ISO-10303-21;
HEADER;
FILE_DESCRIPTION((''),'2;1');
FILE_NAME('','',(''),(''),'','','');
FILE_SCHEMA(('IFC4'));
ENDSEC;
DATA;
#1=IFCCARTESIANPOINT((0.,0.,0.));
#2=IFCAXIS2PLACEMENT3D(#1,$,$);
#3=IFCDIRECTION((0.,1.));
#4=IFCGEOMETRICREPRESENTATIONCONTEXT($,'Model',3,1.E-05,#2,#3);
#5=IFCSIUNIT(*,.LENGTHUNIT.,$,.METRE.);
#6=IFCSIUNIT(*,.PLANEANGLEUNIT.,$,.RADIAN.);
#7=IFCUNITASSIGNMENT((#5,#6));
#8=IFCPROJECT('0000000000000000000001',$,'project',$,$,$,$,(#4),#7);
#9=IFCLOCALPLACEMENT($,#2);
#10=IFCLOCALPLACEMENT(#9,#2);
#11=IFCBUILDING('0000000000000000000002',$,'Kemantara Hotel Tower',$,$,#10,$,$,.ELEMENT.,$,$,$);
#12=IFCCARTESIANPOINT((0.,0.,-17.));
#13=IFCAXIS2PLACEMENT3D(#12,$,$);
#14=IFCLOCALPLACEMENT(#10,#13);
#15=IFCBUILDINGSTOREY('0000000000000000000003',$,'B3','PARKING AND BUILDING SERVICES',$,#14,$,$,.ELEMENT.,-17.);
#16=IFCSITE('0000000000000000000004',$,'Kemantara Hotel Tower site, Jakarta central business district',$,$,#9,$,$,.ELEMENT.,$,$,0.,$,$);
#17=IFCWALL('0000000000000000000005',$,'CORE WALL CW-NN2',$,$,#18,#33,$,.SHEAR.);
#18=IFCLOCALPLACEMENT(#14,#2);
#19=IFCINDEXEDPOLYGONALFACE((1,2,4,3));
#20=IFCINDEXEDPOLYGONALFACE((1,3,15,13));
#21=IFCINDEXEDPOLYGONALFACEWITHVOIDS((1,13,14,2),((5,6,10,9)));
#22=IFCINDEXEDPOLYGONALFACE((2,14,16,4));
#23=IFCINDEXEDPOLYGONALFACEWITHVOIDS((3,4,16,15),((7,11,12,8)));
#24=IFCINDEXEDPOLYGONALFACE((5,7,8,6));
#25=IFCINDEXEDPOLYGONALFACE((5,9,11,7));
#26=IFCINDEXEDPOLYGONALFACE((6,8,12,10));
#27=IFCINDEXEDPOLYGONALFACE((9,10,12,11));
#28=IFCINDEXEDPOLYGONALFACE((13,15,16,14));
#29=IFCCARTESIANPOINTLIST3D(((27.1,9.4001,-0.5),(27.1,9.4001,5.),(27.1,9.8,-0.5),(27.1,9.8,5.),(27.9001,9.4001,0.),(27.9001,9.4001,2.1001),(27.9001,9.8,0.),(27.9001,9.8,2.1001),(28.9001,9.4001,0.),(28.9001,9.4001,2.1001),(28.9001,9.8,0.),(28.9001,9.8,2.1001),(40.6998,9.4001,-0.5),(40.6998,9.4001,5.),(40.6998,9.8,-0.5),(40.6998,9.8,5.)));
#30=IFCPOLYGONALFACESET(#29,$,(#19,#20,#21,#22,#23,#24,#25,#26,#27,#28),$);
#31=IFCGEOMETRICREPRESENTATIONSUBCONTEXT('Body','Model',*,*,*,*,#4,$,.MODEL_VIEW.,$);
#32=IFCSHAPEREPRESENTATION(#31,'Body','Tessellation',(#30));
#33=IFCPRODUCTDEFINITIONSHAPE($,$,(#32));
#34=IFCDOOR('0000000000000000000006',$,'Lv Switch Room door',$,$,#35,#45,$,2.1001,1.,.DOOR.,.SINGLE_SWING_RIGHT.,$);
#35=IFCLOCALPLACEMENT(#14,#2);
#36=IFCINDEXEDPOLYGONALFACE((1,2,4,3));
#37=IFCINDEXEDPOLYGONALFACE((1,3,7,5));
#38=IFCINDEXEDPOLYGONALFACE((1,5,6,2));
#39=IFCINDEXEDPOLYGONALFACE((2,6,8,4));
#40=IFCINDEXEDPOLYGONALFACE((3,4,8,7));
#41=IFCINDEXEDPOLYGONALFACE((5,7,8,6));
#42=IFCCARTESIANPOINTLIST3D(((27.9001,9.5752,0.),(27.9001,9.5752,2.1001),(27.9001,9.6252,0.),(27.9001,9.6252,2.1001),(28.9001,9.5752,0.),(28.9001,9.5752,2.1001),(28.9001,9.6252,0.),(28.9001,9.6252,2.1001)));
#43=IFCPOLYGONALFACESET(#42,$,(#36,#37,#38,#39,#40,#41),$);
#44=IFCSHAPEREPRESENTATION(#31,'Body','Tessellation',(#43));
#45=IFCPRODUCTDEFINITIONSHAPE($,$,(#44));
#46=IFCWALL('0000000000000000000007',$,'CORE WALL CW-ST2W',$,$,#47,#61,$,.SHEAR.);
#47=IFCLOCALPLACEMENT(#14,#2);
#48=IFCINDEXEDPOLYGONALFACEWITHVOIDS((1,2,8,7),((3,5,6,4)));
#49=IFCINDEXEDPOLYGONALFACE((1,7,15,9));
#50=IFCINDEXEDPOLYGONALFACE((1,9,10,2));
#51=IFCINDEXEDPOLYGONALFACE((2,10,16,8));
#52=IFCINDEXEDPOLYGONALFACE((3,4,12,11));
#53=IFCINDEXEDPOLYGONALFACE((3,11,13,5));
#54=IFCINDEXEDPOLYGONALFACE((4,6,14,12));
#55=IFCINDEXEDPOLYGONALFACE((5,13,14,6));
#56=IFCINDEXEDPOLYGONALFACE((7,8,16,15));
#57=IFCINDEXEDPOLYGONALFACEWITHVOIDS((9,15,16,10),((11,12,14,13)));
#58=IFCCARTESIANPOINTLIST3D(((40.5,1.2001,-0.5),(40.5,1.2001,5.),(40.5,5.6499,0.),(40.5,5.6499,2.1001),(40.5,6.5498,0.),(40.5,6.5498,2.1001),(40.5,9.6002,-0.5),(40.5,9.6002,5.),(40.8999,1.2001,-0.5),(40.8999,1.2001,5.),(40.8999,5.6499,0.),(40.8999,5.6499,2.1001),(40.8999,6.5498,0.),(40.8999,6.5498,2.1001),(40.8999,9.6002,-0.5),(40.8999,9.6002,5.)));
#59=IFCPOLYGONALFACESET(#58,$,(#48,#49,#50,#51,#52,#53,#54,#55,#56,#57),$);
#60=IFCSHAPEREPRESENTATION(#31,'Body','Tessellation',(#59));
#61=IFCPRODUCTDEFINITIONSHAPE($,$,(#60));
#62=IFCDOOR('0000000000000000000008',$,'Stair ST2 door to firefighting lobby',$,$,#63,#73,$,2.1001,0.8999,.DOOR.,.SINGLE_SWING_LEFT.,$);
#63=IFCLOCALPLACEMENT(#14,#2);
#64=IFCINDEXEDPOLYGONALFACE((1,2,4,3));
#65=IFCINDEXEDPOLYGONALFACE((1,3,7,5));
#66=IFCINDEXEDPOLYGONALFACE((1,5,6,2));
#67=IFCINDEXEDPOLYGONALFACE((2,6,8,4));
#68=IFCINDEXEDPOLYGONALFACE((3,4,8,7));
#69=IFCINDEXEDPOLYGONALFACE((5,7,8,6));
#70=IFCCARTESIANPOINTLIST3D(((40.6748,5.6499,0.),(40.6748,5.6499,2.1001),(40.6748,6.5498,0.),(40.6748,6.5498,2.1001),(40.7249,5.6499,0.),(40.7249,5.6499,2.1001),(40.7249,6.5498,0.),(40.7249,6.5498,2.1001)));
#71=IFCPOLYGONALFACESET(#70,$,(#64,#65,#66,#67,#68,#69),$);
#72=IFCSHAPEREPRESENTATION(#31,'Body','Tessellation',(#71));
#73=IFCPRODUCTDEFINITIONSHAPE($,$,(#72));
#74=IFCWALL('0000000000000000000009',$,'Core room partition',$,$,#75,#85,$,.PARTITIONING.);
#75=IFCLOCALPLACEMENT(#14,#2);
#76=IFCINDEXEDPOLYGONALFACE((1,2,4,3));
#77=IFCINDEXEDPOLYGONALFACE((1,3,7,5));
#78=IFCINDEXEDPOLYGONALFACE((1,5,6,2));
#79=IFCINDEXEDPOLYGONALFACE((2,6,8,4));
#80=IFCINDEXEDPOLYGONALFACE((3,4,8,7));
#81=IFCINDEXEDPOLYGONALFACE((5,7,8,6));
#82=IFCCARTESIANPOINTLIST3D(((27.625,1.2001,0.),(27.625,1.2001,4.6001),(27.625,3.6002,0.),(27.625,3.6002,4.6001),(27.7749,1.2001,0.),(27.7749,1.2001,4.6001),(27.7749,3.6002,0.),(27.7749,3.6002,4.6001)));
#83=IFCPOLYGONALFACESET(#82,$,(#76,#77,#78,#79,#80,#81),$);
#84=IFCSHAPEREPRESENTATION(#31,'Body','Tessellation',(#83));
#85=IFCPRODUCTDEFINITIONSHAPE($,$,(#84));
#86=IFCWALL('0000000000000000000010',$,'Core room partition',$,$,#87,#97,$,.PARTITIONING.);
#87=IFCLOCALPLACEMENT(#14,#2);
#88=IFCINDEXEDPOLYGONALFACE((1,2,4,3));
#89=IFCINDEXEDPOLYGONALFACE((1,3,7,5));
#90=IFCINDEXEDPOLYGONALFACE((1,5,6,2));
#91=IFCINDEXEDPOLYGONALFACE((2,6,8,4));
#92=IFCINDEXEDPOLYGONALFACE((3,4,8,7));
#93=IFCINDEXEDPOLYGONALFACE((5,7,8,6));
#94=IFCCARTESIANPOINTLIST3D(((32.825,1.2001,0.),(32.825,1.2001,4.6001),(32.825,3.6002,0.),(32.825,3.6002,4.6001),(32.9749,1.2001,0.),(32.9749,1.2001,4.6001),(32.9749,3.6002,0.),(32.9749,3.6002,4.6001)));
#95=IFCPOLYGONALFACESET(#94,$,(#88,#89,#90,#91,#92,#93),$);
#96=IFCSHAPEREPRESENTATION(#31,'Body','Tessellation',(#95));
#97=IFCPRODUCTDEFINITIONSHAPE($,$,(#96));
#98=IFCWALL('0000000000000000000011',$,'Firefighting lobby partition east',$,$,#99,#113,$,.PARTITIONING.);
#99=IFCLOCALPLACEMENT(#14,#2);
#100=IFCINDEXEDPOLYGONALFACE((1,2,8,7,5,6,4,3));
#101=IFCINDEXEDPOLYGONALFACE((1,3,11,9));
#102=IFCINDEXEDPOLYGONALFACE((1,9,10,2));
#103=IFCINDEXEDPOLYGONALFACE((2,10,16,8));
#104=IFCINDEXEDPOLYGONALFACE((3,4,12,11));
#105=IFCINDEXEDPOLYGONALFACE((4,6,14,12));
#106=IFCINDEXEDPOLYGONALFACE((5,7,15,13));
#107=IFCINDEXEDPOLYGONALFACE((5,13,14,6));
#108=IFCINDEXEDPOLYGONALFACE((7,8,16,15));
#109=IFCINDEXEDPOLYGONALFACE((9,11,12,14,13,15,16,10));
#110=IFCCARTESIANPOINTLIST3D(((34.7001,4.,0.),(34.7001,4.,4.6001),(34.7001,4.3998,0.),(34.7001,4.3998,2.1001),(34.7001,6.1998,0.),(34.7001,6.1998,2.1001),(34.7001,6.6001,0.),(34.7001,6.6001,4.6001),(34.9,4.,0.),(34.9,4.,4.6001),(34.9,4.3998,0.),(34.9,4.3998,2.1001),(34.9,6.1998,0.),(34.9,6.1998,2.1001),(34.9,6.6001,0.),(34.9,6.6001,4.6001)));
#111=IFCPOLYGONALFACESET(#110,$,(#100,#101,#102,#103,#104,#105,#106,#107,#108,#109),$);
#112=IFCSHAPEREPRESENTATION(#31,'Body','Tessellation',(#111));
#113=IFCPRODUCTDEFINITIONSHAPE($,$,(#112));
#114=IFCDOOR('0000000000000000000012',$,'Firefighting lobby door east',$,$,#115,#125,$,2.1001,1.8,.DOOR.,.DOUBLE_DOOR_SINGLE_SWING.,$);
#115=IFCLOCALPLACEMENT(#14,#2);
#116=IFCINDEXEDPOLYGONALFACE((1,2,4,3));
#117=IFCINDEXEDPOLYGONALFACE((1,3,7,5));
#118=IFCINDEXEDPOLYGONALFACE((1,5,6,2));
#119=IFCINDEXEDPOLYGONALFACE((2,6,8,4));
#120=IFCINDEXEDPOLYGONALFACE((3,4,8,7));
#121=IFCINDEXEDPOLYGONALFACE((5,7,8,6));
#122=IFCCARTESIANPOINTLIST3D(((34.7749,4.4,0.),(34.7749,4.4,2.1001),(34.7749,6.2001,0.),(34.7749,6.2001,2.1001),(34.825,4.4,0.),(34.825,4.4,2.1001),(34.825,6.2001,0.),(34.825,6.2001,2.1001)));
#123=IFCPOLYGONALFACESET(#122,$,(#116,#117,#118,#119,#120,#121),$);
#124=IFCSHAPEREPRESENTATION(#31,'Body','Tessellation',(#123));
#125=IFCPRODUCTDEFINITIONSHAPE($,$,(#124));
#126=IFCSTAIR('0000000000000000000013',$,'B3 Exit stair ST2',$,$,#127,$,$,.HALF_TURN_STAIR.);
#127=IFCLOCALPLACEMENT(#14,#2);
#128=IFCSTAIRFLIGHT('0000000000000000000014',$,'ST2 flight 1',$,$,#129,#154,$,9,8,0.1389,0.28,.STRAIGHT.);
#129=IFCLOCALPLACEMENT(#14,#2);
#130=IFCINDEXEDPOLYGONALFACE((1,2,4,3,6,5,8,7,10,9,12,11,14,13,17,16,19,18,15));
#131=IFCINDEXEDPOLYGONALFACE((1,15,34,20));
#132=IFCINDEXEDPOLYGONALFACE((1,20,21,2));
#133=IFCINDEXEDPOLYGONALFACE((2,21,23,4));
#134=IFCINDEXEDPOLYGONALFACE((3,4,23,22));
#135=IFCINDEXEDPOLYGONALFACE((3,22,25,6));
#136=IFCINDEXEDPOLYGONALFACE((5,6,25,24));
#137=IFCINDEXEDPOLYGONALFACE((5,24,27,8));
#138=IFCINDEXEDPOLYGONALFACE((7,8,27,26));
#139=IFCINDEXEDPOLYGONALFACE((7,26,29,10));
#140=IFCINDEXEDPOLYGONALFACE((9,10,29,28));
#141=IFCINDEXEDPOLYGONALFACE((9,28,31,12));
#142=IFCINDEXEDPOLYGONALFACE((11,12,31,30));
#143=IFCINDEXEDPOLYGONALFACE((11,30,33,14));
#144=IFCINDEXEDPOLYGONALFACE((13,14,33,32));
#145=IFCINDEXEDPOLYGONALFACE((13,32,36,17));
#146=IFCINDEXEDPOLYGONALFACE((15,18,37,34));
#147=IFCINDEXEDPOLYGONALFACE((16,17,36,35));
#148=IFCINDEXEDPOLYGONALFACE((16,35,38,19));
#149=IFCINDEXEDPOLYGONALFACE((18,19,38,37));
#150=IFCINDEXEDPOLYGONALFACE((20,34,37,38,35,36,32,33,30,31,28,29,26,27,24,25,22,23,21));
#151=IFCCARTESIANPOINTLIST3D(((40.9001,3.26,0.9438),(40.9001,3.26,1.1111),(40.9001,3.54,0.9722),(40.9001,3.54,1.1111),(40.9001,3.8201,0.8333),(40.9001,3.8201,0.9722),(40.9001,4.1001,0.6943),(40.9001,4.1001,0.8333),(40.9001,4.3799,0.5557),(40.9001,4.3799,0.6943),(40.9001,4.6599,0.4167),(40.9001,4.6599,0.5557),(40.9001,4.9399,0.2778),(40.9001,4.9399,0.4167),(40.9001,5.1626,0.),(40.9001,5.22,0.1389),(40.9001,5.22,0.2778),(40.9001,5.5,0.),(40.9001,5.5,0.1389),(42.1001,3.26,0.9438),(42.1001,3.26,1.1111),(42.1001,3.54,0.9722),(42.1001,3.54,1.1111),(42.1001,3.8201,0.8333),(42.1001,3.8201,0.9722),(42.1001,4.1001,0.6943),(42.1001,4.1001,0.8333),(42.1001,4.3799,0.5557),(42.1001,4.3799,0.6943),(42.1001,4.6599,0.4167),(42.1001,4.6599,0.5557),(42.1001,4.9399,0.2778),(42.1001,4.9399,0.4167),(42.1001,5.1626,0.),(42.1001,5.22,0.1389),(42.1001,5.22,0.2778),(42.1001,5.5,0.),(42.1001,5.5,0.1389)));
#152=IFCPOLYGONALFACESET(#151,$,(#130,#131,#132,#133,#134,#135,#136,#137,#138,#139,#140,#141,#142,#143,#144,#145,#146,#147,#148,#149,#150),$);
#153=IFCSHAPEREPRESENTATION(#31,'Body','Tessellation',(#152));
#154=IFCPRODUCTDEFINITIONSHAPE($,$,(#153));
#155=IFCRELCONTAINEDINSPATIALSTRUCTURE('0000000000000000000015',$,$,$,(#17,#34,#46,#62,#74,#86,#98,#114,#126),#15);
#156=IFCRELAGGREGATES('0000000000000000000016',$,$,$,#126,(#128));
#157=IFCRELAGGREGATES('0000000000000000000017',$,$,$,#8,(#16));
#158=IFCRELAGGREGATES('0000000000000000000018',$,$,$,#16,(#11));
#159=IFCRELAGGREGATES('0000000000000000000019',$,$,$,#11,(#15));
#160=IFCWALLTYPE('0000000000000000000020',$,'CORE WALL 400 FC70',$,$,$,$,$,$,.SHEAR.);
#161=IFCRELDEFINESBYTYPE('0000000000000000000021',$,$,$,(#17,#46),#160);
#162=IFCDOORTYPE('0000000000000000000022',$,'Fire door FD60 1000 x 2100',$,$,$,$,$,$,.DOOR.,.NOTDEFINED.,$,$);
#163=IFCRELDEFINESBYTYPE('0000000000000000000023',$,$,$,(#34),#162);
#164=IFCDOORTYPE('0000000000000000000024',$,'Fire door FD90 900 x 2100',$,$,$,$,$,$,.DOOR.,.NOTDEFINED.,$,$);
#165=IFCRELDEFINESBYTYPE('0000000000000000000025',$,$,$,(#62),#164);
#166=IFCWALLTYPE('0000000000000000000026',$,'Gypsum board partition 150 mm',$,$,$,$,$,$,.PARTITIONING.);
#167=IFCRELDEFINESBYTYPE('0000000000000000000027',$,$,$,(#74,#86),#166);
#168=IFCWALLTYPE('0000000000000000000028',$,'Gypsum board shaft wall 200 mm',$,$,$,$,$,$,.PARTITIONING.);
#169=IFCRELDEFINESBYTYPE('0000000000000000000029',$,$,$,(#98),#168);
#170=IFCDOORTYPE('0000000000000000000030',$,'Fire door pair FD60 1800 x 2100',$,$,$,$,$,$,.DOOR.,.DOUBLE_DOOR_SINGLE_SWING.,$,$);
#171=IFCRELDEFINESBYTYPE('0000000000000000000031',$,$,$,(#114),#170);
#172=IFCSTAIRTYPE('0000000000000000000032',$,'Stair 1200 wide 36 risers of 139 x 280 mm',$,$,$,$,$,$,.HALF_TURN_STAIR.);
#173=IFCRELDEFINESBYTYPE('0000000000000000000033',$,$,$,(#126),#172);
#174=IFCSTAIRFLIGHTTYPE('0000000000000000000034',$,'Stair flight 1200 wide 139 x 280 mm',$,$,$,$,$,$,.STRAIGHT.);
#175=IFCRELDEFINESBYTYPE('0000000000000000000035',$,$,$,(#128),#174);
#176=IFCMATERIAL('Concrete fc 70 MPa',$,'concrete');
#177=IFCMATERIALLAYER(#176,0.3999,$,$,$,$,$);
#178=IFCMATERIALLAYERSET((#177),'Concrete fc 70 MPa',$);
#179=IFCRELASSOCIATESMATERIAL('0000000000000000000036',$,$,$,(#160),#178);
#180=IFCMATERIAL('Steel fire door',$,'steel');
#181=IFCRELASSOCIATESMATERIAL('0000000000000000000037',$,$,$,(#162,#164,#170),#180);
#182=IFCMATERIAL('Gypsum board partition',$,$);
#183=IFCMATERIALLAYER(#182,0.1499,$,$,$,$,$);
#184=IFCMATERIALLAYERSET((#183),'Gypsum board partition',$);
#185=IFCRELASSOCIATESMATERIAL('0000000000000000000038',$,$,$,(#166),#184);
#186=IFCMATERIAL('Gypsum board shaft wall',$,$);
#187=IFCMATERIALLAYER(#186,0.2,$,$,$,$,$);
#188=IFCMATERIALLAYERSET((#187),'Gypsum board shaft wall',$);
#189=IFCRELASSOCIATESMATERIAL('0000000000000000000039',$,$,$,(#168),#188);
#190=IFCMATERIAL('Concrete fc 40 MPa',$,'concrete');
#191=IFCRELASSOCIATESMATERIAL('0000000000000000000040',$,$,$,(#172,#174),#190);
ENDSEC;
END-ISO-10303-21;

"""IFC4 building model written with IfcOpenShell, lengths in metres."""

from ifc_helpers import new_model, si_unit, direction, frame, frame_2d, origin, place, context, subcontext, project, spatial, polyline, rectangle, outline, extrude, material, layer, layer_set, type_object, element, fill, aggregate, save


model = new_model("IFC4")

# Units and contexts
model_context = context("Model", 3, precision=1e-05, world=origin(), true_north=direction((0.0, 1.0)))
body_context = subcontext(model_context, "Body", "Model", "MODEL_VIEW")
ifc_project = project(units=[si_unit("LENGTHUNIT", "METRE"), si_unit("PLANEANGLEUNIT", "RADIAN")], contexts=[model_context])

# Site, building, storey
site_placement = place(None, origin())
site = spatial("IfcSite", under=ifc_project, at=site_placement, Name="Kemantara Hotel Tower site, Jakarta central business district", CompositionType="ELEMENT", RefElevation=0.0)
building_placement = place(site_placement, origin())
building = spatial("IfcBuilding", under=site, at=building_placement, Name="Kemantara Hotel Tower", CompositionType="ELEMENT")
storey_placement = place(building_placement, frame((0.0, 0.0, -17.0)))
storey = spatial("IfcBuildingStorey", under=building, at=storey_placement, Name="B3", Description="PARKING AND BUILDING SERVICES", CompositionType="ELEMENT", Elevation=-17.0)

# Shared definitions
ifc_material_1 = material(Name="Concrete fc 70 MPa", Category="concrete")

# Walls, openings, doors
ifc_layer_1 = layer(ifc_material_1, 0.3999)
ifc_layer_set_1 = layer_set([ifc_layer_1], Name="Concrete fc 70 MPa")
wall_type_1 = type_object("IfcWallType", Name="CORE WALL 400 FC70", PredefinedType="SHEAR", material=ifc_layer_set_1)
ifc_material_2 = material(Name="Steel fire door", Category="steel")
wall_1_placement = place(storey_placement, frame((27.1001, 9.6001, -0.5), z_axis=(0.0, 0.0, 1.0), x_axis=(1.0, 0.0, 0.0)))
wall_1 = element("IfcWall", 1, at=wall_1_placement, inside=storey, type_object=wall_type_1, Name="CORE WALL CW-NN2", PredefinedType="SHEAR", context=body_context, shape_type="SweptSolid", body=[
    extrude(rectangle(XDim=13.5999, YDim=0.3999, at=frame_2d((6.7998, 0.0))), origin(), (0.0, 0.0, 1.0), 5.5),
])
opening_1_placement = place(wall_1_placement, frame((0.8, 0.0, 0.5)))
opening_1 = element("IfcOpeningElement", 2, at=opening_1_placement, cuts=wall_1, PredefinedType="OPENING", context=body_context, shape_type="SweptSolid", body=[
    extrude(rectangle(XDim=1.0, YDim=2.1001, at=frame_2d((0.5, 1.05))), frame((0.0, 0.21, 0.0), z_axis=(0.0, -1.0, 0.0), x_axis=(1.0, 0.0, 0.0)), (0.0, 0.0, 1.0), 0.4199),
])
door_type_1 = type_object("IfcDoorType", Name="Fire door FD60 1000 x 2100", OperationType="NOTDEFINED", PredefinedType="DOOR", material=ifc_material_2)
door_1_placement = place(opening_1_placement, frame((1.0, 0.0, 0.0), z_axis=(0.0, 0.0, 1.0), x_axis=(-1.0, 0.0, 0.0)))
door_1 = element("IfcDoor", 3, at=door_1_placement, inside=storey, type_object=door_type_1, Name="Lv Switch Room door", OperationType="SINGLE_SWING_RIGHT", OverallHeight=2.1001, OverallWidth=1.0, PredefinedType="DOOR", context=body_context, shape_type="SweptSolid", body=[
    extrude(rectangle(XDim=1.0, YDim=2.1001, at=frame_2d((0.5, 1.05))), frame((0.0, 0.0249, 0.0), z_axis=(0.0, -1.0, 0.0), x_axis=(1.0, 0.0, 0.0)), (0.0, 0.0, 1.0), 0.05),
])
fill(opening_1, door_1)
wall_2_placement = place(storey_placement, frame((40.7, 1.2, -0.5), z_axis=(0.0, 0.0, 1.0), x_axis=(0.0, 1.0, 0.0)))
wall_2 = element("IfcWall", 4, at=wall_2_placement, inside=storey, type_object=wall_type_1, Name="CORE WALL CW-ST2W", PredefinedType="SHEAR", context=body_context, shape_type="SweptSolid", body=[
    extrude(rectangle(XDim=8.4001, YDim=0.3999, at=frame_2d((4.2002, 0.0))), origin(), (0.0, 0.0, 1.0), 5.5),
])
opening_2_placement = place(wall_2_placement, frame((4.45, 0.0, 0.5)))
opening_2 = element("IfcOpeningElement", 5, at=opening_2_placement, cuts=wall_2, PredefinedType="OPENING", context=body_context, shape_type="SweptSolid", body=[
    extrude(rectangle(XDim=0.8999, YDim=2.1001, at=frame_2d((0.45, 1.05))), frame((0.0, 0.21, 0.0), z_axis=(0.0, -1.0, 0.0), x_axis=(1.0, 0.0, 0.0)), (0.0, 0.0, 1.0), 0.4199),
])
door_type_2 = type_object("IfcDoorType", Name="Fire door FD90 900 x 2100", OperationType="NOTDEFINED", PredefinedType="DOOR", material=ifc_material_2)
door_2_placement = place(opening_2_placement, frame((0.8999, 0.0, 0.0), z_axis=(0.0, 0.0, 1.0), x_axis=(-1.0, 0.0, 0.0)))
door_2 = element("IfcDoor", 6, at=door_2_placement, inside=storey, type_object=door_type_2, Name="Stair ST2 door to firefighting lobby", OperationType="SINGLE_SWING_LEFT", OverallHeight=2.1001, OverallWidth=0.8999, PredefinedType="DOOR", context=body_context, shape_type="SweptSolid", body=[
    extrude(rectangle(XDim=0.8999, YDim=2.1001, at=frame_2d((0.45, 1.05))), frame((0.0, 0.0249, 0.0), z_axis=(0.0, -1.0, 0.0), x_axis=(1.0, 0.0, 0.0)), (0.0, 0.0, 1.0), 0.05),
])
fill(opening_2, door_2)

# Walls
ifc_material_3 = material(Name="Gypsum board partition")
ifc_layer_2 = layer(ifc_material_3, 0.1499)
ifc_layer_set_2 = layer_set([ifc_layer_2], Name="Gypsum board partition")
wall_type_2 = type_object("IfcWallType", Name="Gypsum board partition 150 mm", PredefinedType="PARTITIONING", material=ifc_layer_set_2)
for number, where, z_axis, x_axis, name in (
    (7, (27.7, 1.2, 0.0), (0.0, 0.0, 1.0), (0.0, 1.0, 0.0), "Core room partition"),
    (8, (32.8999, 1.2, 0.0), (0.0, 0.0, 1.0), (0.0, 1.0, 0.0), "Core room partition"),
):
    element("IfcWall", number, at=place(storey_placement, frame(where, z_axis=z_axis, x_axis=x_axis)), inside=storey, type_object=wall_type_2, Name=name, PredefinedType="PARTITIONING", context=body_context, shape_type="SweptSolid", body=[
        extrude(rectangle(XDim=2.4001, YDim=0.1499, at=frame_2d((1.2002, 0.0))), origin(), (0.0, 0.0, 1.0), 4.6001),
    ])

# Wall, opening, door
ifc_material_4 = material(Name="Gypsum board shaft wall")
ifc_layer_3 = layer(ifc_material_4, 0.2)
ifc_layer_set_3 = layer_set([ifc_layer_3], Name="Gypsum board shaft wall")
wall_type_3 = type_object("IfcWallType", Name="Gypsum board shaft wall 200 mm", PredefinedType="PARTITIONING", material=ifc_layer_set_3)
wall_3_placement = place(storey_placement, frame((34.8, 4.0, 0.0), z_axis=(0.0, 0.0, 1.0), x_axis=(0.0, 1.0, 0.0)))
wall_3 = element("IfcWall", 9, at=wall_3_placement, inside=storey, type_object=wall_type_3, Name="Firefighting lobby partition east", PredefinedType="PARTITIONING", context=body_context, shape_type="SweptSolid", body=[
    extrude(rectangle(XDim=2.6001, YDim=0.2, at=frame_2d((1.3, 0.0))), origin(), (0.0, 0.0, 1.0), 4.6001),
])
opening_3_placement = place(wall_3_placement, frame((0.3999, 0.0, 0.0)))
opening_3 = element("IfcOpeningElement", 10, at=opening_3_placement, cuts=wall_3, PredefinedType="OPENING", context=body_context, shape_type="SweptSolid", body=[
    extrude(rectangle(XDim=1.8, YDim=2.1001, at=frame_2d((0.8999, 1.05))), frame((0.0, 0.1099, 0.0), z_axis=(0.0, -1.0, 0.0), x_axis=(1.0, 0.0, 0.0)), (0.0, 0.0, 1.0), 0.22),
])
door_type_3 = type_object("IfcDoorType", Name="Fire door pair FD60 1800 x 2100", OperationType="DOUBLE_DOOR_SINGLE_SWING", PredefinedType="DOOR", material=ifc_material_2)
door_3_placement = place(opening_3_placement, frame((1.8, 0.0, 0.0), z_axis=(0.0, 0.0, 1.0), x_axis=(-1.0, 0.0, 0.0)))
door_3 = element("IfcDoor", 11, at=door_3_placement, inside=storey, type_object=door_type_3, Name="Firefighting lobby door east", OperationType="DOUBLE_DOOR_SINGLE_SWING", OverallHeight=2.1001, OverallWidth=1.8, PredefinedType="DOOR", context=body_context, shape_type="SweptSolid", body=[
    extrude(rectangle(XDim=1.8, YDim=2.1001, at=frame_2d((0.8999, 1.05))), frame((0.0, 0.0249, 0.0), z_axis=(0.0, -1.0, 0.0), x_axis=(1.0, 0.0, 0.0)), (0.0, 0.0, 1.0), 0.05),
])
fill(opening_3, door_3)

# Stair, stair flight
ifc_material_5 = material(Name="Concrete fc 40 MPa", Category="concrete")
stair_type = type_object("IfcStairType", Name="Stair 1200 wide 36 risers of 139 x 280 mm", PredefinedType="HALF_TURN_STAIR", material=ifc_material_5)
stair_placement = place(storey_placement, origin())
stair = element("IfcStair", 12, at=stair_placement, inside=storey, type_object=stair_type, Name="B3 Exit stair ST2", PredefinedType="HALF_TURN_STAIR")
stair_flight_type = type_object("IfcStairFlightType", Name="Stair flight 1200 wide 139 x 280 mm", PredefinedType="STRAIGHT", material=ifc_material_5)
stair_flight_1_placement = place(storey_placement, frame((41.5, 5.5, 0.0), z_axis=(0.0, 0.0, 1.0), x_axis=(0.0, -1.0, 0.0)))
stair_flight_1 = element("IfcStairFlight", 13, at=stair_flight_1_placement, type_object=stair_flight_type, Name="ST2 flight 1", NumberOfRisers=9, NumberOfTreads=8, PredefinedType="STRAIGHT", RiserHeight=0.1389, TreadLength=0.28, context=body_context, shape_type="SweptSolid", body=[
    extrude(outline(polyline([(0.0, 0.0), (0.0, 0.1389), (0.28, 0.1389), (0.28, 0.2778), (0.5601, 0.2778), (0.5601, 0.4167), (0.8401, 0.4167), (0.8401, 0.5557), (1.1201, 0.5557), (1.1201, 0.6943), (1.3999, 0.6943), (1.3999, 0.8333), (1.6799, 0.8333), (1.6799, 0.9722), (1.96, 0.9722), (1.96, 1.1111), (2.24, 1.1111), (2.24, 1.25), (2.24, 0.9438), (0.3374, 0.0), (0.0, 0.0)])), frame((0.0, 0.6001, 0.0), z_axis=(0.0, -1.0, 0.0), x_axis=(1.0, 0.0, 0.0)), (0.0, 0.0, 1.0), 1.2),
])
aggregate(stair, [stair_flight_1])

save(model, "model.ifc")
